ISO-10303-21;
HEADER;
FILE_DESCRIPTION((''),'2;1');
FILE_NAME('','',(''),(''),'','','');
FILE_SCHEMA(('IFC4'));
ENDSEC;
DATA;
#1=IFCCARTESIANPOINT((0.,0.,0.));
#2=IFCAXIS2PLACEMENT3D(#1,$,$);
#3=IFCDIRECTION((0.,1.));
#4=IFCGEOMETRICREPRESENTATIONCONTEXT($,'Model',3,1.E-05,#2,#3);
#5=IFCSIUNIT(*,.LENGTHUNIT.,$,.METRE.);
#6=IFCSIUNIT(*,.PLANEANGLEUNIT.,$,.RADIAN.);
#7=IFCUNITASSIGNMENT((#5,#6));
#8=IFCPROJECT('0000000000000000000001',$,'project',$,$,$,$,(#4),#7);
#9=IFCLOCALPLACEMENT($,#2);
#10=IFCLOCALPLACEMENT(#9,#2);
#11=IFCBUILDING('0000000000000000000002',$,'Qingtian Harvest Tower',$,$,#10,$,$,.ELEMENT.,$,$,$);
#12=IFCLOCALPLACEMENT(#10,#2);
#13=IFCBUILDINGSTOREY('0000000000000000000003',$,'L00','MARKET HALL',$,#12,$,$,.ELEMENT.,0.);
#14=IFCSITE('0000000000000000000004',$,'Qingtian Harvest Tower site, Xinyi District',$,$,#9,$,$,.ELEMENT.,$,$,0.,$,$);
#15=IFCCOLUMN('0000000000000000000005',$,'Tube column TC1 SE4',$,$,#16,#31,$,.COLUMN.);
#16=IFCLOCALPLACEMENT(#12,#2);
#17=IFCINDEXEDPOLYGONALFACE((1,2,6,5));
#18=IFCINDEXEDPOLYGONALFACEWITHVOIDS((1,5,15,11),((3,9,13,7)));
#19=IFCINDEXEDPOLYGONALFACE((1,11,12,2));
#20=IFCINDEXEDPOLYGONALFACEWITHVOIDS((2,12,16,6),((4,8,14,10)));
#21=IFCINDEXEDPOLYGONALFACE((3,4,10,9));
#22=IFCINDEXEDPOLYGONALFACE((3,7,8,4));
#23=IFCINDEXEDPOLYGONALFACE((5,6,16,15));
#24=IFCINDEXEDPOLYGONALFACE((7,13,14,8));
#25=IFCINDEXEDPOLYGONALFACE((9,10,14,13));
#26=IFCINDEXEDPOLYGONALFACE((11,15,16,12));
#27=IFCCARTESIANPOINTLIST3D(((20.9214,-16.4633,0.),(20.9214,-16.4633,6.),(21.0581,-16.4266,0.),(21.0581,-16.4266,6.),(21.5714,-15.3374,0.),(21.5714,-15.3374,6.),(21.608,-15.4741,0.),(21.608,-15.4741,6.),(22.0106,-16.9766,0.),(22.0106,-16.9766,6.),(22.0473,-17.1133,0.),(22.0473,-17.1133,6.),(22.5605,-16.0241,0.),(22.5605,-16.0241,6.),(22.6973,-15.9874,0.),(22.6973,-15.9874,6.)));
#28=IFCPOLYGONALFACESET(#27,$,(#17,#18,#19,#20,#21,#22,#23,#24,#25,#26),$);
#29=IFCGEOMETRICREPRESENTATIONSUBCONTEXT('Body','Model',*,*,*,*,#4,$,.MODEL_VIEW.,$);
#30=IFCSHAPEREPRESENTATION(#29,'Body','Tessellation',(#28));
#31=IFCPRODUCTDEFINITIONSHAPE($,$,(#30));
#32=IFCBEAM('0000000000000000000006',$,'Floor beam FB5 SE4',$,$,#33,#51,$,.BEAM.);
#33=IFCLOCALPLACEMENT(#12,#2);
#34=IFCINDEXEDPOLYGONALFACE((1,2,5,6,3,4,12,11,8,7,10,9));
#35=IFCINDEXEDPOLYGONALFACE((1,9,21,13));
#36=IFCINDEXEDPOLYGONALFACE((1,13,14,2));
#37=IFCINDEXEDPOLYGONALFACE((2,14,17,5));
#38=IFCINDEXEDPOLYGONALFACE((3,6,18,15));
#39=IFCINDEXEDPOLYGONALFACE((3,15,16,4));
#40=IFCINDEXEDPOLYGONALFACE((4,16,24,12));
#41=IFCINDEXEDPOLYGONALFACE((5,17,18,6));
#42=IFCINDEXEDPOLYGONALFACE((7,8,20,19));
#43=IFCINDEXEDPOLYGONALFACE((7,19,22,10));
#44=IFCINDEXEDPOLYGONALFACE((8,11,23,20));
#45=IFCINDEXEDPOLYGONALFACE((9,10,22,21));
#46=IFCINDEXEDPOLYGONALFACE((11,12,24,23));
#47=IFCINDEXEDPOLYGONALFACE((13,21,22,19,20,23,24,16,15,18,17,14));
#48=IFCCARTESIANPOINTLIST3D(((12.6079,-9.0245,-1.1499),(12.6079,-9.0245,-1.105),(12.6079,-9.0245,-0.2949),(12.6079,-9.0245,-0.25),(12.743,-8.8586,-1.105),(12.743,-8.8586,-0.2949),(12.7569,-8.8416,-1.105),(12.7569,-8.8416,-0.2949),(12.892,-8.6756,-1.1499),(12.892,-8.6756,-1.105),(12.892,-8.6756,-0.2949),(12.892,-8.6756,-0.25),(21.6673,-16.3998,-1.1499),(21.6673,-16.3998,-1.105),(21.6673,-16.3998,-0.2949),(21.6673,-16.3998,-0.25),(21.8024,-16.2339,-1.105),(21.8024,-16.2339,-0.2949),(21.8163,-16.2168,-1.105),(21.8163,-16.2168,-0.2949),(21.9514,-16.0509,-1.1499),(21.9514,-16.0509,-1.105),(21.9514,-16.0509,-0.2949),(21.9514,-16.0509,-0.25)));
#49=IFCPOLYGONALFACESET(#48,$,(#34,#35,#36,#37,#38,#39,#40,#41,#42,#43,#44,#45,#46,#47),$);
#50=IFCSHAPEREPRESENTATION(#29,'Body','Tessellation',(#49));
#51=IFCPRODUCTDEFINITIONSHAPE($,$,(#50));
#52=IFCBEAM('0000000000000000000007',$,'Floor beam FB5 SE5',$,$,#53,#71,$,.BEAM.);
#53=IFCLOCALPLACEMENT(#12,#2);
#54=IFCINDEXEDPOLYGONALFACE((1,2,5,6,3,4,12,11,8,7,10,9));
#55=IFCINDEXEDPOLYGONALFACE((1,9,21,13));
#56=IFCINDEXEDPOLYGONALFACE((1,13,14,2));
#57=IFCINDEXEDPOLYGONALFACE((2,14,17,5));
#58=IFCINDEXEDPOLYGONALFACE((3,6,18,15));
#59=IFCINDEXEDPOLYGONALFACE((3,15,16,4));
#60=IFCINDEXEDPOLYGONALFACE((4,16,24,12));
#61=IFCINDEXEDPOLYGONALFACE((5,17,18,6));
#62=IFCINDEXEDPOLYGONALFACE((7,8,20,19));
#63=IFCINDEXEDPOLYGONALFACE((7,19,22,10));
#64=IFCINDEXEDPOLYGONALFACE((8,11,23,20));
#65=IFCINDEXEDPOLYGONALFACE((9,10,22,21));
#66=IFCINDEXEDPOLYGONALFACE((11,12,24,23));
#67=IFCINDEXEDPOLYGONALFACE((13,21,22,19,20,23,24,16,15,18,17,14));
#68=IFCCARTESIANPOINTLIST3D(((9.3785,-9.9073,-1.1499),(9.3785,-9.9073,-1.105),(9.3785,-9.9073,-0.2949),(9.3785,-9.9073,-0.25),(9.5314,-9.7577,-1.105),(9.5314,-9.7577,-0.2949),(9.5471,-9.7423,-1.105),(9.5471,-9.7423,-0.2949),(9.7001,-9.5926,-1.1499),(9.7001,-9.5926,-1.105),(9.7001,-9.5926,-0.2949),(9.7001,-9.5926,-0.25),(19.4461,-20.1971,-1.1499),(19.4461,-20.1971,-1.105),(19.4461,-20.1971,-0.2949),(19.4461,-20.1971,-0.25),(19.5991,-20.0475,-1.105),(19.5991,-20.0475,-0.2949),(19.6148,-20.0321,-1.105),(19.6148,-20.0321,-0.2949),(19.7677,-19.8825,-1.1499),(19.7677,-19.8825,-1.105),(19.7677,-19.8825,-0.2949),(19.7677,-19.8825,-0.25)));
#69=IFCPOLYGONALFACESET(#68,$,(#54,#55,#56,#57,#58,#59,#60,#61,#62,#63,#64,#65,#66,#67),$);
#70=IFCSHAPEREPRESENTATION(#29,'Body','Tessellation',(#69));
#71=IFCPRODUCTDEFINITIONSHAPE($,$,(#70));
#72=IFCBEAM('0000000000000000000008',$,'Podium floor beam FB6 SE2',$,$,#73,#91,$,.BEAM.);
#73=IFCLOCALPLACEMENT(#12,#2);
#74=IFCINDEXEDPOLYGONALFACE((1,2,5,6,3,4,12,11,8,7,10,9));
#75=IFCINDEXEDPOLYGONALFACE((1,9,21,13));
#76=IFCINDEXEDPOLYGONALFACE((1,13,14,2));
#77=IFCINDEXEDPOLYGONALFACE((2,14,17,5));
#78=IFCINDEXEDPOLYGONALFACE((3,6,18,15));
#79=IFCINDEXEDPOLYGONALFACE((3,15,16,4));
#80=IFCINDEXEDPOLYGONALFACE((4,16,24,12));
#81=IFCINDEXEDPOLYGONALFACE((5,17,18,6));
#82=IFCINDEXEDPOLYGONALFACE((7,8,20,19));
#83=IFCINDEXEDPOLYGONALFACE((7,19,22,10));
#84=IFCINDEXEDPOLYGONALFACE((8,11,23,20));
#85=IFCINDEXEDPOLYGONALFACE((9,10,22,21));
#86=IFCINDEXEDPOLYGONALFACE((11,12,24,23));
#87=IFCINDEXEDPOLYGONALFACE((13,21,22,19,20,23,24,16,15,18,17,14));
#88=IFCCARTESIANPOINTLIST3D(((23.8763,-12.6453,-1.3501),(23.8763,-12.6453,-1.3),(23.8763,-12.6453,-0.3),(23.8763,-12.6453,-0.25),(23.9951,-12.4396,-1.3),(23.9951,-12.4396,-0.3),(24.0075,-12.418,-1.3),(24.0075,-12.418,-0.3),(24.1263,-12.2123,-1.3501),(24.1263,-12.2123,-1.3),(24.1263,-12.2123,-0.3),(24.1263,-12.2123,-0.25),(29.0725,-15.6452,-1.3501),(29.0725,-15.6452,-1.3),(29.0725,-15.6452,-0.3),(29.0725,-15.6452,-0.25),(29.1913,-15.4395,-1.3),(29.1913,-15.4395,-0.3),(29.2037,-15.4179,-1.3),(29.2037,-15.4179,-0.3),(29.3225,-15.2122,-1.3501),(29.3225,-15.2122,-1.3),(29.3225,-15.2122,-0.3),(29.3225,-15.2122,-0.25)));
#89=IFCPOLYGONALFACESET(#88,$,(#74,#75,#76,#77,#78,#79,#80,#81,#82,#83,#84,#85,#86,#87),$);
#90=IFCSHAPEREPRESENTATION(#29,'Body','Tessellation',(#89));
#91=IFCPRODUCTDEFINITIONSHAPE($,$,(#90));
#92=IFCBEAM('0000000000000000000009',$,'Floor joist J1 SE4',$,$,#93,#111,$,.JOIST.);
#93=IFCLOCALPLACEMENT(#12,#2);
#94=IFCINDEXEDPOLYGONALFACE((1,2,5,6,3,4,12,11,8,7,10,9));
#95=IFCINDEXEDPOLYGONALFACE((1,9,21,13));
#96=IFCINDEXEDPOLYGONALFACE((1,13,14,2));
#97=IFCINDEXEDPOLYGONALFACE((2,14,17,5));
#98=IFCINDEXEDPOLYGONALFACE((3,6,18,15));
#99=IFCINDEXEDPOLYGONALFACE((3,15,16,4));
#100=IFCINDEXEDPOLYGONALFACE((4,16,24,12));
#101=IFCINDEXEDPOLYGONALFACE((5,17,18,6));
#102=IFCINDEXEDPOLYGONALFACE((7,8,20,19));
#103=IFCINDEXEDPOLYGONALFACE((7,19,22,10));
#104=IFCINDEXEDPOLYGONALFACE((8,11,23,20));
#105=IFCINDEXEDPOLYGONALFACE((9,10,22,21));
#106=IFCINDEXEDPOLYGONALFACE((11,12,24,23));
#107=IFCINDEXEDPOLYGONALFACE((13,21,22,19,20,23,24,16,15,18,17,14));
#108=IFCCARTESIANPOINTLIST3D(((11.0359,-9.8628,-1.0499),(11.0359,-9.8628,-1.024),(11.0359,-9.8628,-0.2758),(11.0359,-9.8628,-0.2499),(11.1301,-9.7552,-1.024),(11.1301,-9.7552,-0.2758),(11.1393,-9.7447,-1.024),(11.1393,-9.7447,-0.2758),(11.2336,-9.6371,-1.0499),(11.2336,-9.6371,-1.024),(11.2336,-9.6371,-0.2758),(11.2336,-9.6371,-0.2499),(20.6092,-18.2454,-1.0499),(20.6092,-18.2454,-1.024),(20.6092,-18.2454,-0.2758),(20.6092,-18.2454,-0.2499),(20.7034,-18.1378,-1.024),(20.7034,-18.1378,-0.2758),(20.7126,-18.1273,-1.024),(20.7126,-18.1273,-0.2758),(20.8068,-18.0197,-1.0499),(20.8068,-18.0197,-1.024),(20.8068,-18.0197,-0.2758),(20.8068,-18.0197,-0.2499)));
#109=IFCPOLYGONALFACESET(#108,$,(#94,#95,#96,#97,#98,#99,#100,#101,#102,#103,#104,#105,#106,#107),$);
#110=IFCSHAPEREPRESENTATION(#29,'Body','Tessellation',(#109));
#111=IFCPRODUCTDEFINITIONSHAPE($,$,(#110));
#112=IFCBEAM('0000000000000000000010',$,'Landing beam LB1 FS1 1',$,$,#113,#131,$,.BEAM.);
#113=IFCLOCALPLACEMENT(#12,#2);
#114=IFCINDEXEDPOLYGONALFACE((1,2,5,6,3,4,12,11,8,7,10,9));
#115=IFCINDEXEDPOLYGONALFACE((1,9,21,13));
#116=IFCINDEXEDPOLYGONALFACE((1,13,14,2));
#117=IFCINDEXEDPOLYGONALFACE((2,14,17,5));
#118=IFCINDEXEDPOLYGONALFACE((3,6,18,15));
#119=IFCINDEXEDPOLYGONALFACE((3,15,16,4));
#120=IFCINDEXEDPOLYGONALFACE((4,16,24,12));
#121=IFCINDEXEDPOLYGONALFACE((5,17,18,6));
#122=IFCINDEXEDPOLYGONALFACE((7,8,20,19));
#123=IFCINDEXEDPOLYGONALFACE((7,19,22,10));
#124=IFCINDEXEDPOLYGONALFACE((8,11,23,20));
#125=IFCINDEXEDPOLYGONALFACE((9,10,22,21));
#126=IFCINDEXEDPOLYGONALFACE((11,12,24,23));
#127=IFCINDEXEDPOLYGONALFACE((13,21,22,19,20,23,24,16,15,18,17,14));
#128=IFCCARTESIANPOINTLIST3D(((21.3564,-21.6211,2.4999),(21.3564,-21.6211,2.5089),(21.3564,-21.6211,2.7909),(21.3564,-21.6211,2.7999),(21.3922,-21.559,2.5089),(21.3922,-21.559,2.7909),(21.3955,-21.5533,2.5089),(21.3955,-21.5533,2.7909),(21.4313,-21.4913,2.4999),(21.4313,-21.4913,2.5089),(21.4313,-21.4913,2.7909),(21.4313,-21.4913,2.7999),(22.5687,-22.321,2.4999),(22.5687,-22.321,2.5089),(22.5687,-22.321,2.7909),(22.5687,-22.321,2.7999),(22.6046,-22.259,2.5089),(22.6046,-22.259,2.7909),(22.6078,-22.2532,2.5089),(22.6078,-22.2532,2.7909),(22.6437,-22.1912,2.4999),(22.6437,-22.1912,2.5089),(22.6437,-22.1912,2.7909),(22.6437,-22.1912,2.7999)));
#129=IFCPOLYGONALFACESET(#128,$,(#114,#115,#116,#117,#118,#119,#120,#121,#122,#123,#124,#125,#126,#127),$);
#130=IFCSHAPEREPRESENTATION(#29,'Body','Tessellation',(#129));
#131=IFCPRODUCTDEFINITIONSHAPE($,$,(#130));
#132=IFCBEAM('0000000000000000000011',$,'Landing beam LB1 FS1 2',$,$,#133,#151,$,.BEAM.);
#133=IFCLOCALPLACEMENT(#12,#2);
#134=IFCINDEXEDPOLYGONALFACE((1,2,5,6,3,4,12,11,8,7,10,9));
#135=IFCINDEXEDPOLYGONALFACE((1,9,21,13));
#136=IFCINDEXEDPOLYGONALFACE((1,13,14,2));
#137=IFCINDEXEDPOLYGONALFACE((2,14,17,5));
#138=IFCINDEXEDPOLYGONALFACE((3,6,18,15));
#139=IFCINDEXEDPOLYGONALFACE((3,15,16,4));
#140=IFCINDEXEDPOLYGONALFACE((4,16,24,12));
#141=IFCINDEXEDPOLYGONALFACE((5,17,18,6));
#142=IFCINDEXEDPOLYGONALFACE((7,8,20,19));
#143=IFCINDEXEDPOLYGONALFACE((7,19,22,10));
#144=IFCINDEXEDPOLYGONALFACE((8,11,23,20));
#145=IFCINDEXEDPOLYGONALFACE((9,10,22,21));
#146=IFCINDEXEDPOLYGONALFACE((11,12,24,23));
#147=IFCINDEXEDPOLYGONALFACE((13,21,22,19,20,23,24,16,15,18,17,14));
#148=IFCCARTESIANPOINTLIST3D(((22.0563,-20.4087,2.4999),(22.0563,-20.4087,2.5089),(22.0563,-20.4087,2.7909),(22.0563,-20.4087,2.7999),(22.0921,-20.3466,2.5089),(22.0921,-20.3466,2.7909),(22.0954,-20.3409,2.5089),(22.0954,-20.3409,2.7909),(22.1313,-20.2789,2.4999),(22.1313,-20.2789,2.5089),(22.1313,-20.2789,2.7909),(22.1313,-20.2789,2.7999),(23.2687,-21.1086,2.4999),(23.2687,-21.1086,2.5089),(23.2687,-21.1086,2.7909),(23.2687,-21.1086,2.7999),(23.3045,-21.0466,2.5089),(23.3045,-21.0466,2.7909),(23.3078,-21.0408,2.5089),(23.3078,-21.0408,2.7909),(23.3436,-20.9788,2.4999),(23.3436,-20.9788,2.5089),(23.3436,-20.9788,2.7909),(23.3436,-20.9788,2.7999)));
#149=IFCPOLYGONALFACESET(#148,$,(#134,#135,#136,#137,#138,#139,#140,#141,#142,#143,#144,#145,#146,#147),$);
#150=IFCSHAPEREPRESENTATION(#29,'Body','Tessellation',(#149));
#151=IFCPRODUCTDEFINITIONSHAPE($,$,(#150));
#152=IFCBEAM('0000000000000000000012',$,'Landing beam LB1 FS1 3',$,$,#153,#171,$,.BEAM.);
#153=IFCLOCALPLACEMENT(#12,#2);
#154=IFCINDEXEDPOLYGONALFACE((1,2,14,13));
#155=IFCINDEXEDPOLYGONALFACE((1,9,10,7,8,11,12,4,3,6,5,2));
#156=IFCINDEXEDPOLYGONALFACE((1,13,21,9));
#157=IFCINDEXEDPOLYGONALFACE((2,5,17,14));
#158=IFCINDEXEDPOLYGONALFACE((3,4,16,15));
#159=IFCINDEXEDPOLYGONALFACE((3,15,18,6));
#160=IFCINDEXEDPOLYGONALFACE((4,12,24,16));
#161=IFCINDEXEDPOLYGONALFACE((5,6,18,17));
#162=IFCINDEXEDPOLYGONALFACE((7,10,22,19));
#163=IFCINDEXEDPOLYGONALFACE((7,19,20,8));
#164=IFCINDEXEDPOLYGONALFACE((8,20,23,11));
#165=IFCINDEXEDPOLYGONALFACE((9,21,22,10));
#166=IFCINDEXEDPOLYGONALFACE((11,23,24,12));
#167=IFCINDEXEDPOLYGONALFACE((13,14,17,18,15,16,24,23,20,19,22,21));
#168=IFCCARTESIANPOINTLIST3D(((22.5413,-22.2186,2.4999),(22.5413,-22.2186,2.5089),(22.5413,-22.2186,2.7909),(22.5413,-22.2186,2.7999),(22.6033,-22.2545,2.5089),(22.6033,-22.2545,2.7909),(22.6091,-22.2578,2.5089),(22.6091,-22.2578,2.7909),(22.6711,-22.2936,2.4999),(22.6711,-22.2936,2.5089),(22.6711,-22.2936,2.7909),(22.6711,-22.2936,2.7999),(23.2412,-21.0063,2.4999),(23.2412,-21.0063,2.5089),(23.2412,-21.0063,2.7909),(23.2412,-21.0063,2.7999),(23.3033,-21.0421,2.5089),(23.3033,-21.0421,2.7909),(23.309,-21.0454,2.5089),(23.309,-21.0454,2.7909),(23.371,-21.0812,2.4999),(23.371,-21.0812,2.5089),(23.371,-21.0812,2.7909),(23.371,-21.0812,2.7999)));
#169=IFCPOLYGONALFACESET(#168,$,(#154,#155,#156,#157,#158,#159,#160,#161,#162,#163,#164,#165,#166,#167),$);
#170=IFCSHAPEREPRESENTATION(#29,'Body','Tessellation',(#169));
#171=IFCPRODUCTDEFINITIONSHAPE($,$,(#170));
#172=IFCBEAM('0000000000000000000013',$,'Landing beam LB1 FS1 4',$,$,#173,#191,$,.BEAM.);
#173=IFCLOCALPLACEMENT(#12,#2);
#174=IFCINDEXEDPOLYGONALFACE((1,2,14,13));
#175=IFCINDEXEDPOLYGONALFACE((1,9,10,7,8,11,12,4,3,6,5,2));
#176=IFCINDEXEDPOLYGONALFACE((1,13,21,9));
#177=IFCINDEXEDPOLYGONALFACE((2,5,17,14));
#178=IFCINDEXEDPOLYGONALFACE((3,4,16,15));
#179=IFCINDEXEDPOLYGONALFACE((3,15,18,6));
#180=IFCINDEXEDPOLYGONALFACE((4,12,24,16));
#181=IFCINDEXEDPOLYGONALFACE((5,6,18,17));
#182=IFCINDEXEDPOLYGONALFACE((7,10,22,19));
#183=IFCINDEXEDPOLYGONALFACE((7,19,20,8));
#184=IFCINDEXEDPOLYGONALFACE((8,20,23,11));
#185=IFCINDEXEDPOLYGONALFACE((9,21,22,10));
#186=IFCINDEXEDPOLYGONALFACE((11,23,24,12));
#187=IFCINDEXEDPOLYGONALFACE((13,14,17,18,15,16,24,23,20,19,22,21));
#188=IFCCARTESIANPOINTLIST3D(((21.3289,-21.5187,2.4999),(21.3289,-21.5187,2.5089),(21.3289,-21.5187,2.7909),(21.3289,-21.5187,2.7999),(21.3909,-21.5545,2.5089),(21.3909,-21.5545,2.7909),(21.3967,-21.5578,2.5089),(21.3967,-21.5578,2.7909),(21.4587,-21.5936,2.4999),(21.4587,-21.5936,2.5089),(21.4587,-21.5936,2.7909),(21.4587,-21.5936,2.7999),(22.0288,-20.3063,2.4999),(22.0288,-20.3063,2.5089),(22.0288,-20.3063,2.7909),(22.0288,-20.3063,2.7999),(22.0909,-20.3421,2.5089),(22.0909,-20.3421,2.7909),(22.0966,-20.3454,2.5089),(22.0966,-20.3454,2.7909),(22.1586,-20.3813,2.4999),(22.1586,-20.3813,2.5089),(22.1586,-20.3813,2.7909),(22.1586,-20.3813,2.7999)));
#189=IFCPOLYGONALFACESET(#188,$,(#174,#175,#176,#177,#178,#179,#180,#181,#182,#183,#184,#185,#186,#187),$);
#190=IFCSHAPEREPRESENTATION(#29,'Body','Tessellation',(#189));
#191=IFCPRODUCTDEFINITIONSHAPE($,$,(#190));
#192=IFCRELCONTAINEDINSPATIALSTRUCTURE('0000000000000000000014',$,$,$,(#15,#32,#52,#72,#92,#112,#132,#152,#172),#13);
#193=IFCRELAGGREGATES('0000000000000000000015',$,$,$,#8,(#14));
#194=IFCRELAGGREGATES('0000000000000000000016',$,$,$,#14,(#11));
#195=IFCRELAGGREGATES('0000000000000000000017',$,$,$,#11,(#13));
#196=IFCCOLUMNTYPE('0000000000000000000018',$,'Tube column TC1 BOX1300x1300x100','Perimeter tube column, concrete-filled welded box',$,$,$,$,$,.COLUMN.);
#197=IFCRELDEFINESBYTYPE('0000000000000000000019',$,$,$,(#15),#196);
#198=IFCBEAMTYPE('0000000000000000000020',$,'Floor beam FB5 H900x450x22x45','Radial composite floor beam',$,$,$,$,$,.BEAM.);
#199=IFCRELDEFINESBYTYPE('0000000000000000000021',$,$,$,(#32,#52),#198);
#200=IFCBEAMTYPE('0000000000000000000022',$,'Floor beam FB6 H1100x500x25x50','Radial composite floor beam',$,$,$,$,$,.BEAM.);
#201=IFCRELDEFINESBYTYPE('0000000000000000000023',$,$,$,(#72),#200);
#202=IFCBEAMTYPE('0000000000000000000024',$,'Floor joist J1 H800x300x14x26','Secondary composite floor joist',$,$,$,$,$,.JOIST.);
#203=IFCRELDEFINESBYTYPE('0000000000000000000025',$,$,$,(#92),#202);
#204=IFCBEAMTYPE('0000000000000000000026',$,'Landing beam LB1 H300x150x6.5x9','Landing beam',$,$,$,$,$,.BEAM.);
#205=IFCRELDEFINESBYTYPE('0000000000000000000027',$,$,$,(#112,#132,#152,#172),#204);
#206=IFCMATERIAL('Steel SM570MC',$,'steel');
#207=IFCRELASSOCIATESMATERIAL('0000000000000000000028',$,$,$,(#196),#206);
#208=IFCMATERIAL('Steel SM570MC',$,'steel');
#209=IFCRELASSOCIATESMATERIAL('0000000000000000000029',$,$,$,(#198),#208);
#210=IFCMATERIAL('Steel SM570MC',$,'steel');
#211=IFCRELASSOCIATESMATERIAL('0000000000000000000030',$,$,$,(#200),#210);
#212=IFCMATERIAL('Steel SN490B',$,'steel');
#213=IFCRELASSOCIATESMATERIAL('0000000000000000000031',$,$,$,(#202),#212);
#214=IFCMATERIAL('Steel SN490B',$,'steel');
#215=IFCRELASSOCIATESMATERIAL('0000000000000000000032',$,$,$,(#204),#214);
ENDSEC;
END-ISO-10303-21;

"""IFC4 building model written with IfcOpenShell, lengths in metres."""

from ifc_helpers import new_model, si_unit, direction, frame, origin, origin_2d, place, context, subcontext, project, spatial, hollow_rectangle, i_section, extrude, material, material_profile, profile_set, type_object, element, save


model = new_model("IFC4")

# Units and contexts
model_context = context("Model", 3, precision=1e-05, world=origin(), true_north=direction((0.0, 1.0)))
body_context = subcontext(model_context, "Body", "Model", "MODEL_VIEW")
ifc_project = project(units=[si_unit("LENGTHUNIT", "METRE"), si_unit("PLANEANGLEUNIT", "RADIAN")], contexts=[model_context])

# Site, building, storey
site_placement = place(None, origin())
site = spatial("IfcSite", under=ifc_project, at=site_placement, Name="Qingtian Harvest Tower site, Xinyi District", CompositionType="ELEMENT", RefElevation=0.0)
building_placement = place(site_placement, origin())
building = spatial("IfcBuilding", under=site, at=building_placement, Name="Qingtian Harvest Tower", CompositionType="ELEMENT")
storey_placement = place(building_placement, origin())
storey = spatial("IfcBuildingStorey", under=building, at=storey_placement, Name="L00", Description="MARKET HALL", CompositionType="ELEMENT", Elevation=0.0)

# Column
ifc_material_1 = material(Name="Steel SM570MC", Category="steel")
ifc_material_profile_1 = material_profile(ifc_material_1, hollow_rectangle(XDim=1.3, YDim=1.3, WallThickness=0.1001, at=origin_2d()), Name="BOX1300x1300x100")
ifc_profile_set_1 = profile_set([ifc_material_profile_1], Name="Steel SM570MC")
column_type = type_object("IfcColumnType", Name="Tube column TC1 BOX1300x1300x100", Description="Perimeter tube column, concrete-filled welded box", PredefinedType="COLUMN", material=ifc_profile_set_1)
column_placement = place(storey_placement, frame((21.8093, -16.2253, 0.0), z_axis=(0.0, 0.0, 1.0), x_axis=(0.5, 0.866025, 0.0)))
element("IfcColumn", 1, at=column_placement, inside=storey, type_object=column_type, Name="Tube column TC1 SE4", PredefinedType="COLUMN", context=body_context, shape_type="SweptSolid", body=[
    extrude(hollow_rectangle(XDim=1.3, YDim=1.3, WallThickness=0.1001, at=origin_2d()), origin(), (0.0, 0.0, 1.0), 6.0),
])

# Beams
ifc_material_2 = material(Name="Steel SM570MC", Category="steel")
ifc_material_profile_2 = material_profile(ifc_material_2, i_section(OverallWidth=0.45, OverallDepth=0.8999, WebThickness=0.022, FlangeThickness=0.0449, at=origin_2d()), Name="H900x450x22x45")
ifc_profile_set_2 = profile_set([ifc_material_profile_2], Name="Steel SM570MC")
beam_type_1 = type_object("IfcBeamType", Name="Floor beam FB5 H900x450x22x45", Description="Radial composite floor beam", PredefinedType="BEAM", material=ifc_profile_set_2)
beam_1_placement = place(storey_placement, frame((21.8093, -16.2253, -0.7), z_axis=(-0.775504, 0.631342, 0.0), x_axis=(-0.631342, -0.775504, 0.0)))
element("IfcBeam", 2, at=beam_1_placement, inside=storey, type_object=beam_type_1, Name="Floor beam FB5 SE4", PredefinedType="BEAM", context=body_context, shape_type="SweptSolid", body=[
    extrude(i_section(OverallWidth=0.45, OverallDepth=0.8999, WebThickness=0.022, FlangeThickness=0.0449, at=origin_2d()), origin(), (0.0, 0.0, 1.0), 11.6819),
])
beam_2_placement = place(storey_placement, frame((19.6069, -20.0398, -0.7), z_axis=(-0.699348, 0.714781, 0.0), x_axis=(-0.714781, -0.699348, 0.0)))
element("IfcBeam", 3, at=beam_2_placement, inside=storey, type_object=beam_type_1, Name="Floor beam FB5 SE5", PredefinedType="BEAM", context=body_context, shape_type="SweptSolid", body=[
    extrude(i_section(OverallWidth=0.45, OverallDepth=0.8999, WebThickness=0.022, FlangeThickness=0.0449, at=origin_2d()), origin(), (0.0, 0.0, 1.0), 14.3958),
])
ifc_material_3 = material(Name="Steel SM570MC", Category="steel")
ifc_material_profile_3 = material_profile(ifc_material_3, i_section(OverallWidth=0.5, OverallDepth=1.1001, WebThickness=0.0249, FlangeThickness=0.05, at=origin_2d()), Name="H1100x500x25x50")
ifc_profile_set_3 = profile_set([ifc_material_profile_3], Name="Steel SM570MC")
beam_type_2 = type_object("IfcBeamType", Name="Floor beam FB6 H1100x500x25x50", Description="Radial composite floor beam", PredefinedType="BEAM", material=ifc_profile_set_3)
beam_3_placement = place(storey_placement, frame((29.1975, -15.4287, -0.8), z_axis=(-0.866031, 0.49999, 0.0), x_axis=(-0.49999, -0.866031, 0.0)))
element("IfcBeam", 4, at=beam_3_placement, inside=storey, type_object=beam_type_2, Name="Podium floor beam FB6 SE2", PredefinedType="BEAM", context=body_context, shape_type="SweptSolid", body=[
    extrude(i_section(OverallWidth=0.5, OverallDepth=1.1001, WebThickness=0.0249, FlangeThickness=0.05, at=origin_2d()), origin(), (0.0, 0.0, 1.0), 6.0),
])
ifc_material_4 = material(Name="Steel SN490B", Category="steel")
ifc_material_profile_4 = material_profile(ifc_material_4, i_section(OverallWidth=0.3, OverallDepth=0.8, WebThickness=0.0139, FlangeThickness=0.0259, at=origin_2d()), Name="H800x300x14x26")
ifc_profile_set_4 = profile_set([ifc_material_profile_4], Name="Steel SN490B")
beam_type_3 = type_object("IfcBeamType", Name="Floor joist J1 H800x300x14x26", Description="Secondary composite floor joist", PredefinedType="JOIST", material=ifc_profile_set_4)
beam_4_placement = place(storey_placement, frame((20.708, -18.1326, -0.6499), z_axis=(-0.752344, 0.658771, 0.0), x_axis=(-0.658771, -0.752344, 0.0)))
element("IfcBeam", 5, at=beam_4_placement, inside=storey, type_object=beam_type_3, Name="Floor joist J1 SE4", PredefinedType="JOIST", context=body_context, shape_type="SweptSolid", body=[
    extrude(i_section(OverallWidth=0.3, OverallDepth=0.8, WebThickness=0.0139, FlangeThickness=0.0259, at=origin_2d()), origin(), (0.0, 0.0, 1.0), 12.7246),
])
ifc_material_5 = material(Name="Steel SN490B", Category="steel")
ifc_material_profile_5 = material_profile(ifc_material_5, i_section(OverallWidth=0.1499, OverallDepth=0.3, WebThickness=0.0066, FlangeThickness=0.009, at=origin_2d()), Name="H300x150x6.5x9")
ifc_profile_set_5 = profile_set([ifc_material_profile_5], Name="Steel SN490B")
beam_type_4 = type_object("IfcBeamType", Name="Landing beam LB1 H300x150x6.5x9", Description="Landing beam", PredefinedType="BEAM", material=ifc_profile_set_5)
for number, where, z_axis, x_axis, name in (
    (6, (22.6062, -22.2561, 2.6499), (-0.866035, 0.499984, 0.0), (-0.499984, -0.866035, 0.0), "Landing beam LB1 FS1 1"),
    (7, (23.3062, -21.0437, 2.6499), (-0.866035, 0.499984, 0.0), (-0.499984, -0.866035, 0.0), "Landing beam LB1 FS1 2"),
    (8, (22.6062, -22.2561, 2.6499), (0.499984, 0.866035, 0.0), (-0.866035, 0.499984, 0.0), "Landing beam LB1 FS1 3"),
    (9, (21.3938, -21.5562, 2.6499), (0.499984, 0.866035, 0.0), (-0.866035, 0.499984, 0.0), "Landing beam LB1 FS1 4"),
):
    element("IfcBeam", number, at=place(storey_placement, frame(where, z_axis=z_axis, x_axis=x_axis)), inside=storey, type_object=beam_type_4, Name=name, PredefinedType="BEAM", context=body_context, shape_type="SweptSolid", body=[
        extrude(i_section(OverallWidth=0.1499, OverallDepth=0.3, WebThickness=0.0066, FlangeThickness=0.009, at=origin_2d()), origin(), (0.0, 0.0, 1.0), 1.3999),
    ])

save(model, "model.ifc")
